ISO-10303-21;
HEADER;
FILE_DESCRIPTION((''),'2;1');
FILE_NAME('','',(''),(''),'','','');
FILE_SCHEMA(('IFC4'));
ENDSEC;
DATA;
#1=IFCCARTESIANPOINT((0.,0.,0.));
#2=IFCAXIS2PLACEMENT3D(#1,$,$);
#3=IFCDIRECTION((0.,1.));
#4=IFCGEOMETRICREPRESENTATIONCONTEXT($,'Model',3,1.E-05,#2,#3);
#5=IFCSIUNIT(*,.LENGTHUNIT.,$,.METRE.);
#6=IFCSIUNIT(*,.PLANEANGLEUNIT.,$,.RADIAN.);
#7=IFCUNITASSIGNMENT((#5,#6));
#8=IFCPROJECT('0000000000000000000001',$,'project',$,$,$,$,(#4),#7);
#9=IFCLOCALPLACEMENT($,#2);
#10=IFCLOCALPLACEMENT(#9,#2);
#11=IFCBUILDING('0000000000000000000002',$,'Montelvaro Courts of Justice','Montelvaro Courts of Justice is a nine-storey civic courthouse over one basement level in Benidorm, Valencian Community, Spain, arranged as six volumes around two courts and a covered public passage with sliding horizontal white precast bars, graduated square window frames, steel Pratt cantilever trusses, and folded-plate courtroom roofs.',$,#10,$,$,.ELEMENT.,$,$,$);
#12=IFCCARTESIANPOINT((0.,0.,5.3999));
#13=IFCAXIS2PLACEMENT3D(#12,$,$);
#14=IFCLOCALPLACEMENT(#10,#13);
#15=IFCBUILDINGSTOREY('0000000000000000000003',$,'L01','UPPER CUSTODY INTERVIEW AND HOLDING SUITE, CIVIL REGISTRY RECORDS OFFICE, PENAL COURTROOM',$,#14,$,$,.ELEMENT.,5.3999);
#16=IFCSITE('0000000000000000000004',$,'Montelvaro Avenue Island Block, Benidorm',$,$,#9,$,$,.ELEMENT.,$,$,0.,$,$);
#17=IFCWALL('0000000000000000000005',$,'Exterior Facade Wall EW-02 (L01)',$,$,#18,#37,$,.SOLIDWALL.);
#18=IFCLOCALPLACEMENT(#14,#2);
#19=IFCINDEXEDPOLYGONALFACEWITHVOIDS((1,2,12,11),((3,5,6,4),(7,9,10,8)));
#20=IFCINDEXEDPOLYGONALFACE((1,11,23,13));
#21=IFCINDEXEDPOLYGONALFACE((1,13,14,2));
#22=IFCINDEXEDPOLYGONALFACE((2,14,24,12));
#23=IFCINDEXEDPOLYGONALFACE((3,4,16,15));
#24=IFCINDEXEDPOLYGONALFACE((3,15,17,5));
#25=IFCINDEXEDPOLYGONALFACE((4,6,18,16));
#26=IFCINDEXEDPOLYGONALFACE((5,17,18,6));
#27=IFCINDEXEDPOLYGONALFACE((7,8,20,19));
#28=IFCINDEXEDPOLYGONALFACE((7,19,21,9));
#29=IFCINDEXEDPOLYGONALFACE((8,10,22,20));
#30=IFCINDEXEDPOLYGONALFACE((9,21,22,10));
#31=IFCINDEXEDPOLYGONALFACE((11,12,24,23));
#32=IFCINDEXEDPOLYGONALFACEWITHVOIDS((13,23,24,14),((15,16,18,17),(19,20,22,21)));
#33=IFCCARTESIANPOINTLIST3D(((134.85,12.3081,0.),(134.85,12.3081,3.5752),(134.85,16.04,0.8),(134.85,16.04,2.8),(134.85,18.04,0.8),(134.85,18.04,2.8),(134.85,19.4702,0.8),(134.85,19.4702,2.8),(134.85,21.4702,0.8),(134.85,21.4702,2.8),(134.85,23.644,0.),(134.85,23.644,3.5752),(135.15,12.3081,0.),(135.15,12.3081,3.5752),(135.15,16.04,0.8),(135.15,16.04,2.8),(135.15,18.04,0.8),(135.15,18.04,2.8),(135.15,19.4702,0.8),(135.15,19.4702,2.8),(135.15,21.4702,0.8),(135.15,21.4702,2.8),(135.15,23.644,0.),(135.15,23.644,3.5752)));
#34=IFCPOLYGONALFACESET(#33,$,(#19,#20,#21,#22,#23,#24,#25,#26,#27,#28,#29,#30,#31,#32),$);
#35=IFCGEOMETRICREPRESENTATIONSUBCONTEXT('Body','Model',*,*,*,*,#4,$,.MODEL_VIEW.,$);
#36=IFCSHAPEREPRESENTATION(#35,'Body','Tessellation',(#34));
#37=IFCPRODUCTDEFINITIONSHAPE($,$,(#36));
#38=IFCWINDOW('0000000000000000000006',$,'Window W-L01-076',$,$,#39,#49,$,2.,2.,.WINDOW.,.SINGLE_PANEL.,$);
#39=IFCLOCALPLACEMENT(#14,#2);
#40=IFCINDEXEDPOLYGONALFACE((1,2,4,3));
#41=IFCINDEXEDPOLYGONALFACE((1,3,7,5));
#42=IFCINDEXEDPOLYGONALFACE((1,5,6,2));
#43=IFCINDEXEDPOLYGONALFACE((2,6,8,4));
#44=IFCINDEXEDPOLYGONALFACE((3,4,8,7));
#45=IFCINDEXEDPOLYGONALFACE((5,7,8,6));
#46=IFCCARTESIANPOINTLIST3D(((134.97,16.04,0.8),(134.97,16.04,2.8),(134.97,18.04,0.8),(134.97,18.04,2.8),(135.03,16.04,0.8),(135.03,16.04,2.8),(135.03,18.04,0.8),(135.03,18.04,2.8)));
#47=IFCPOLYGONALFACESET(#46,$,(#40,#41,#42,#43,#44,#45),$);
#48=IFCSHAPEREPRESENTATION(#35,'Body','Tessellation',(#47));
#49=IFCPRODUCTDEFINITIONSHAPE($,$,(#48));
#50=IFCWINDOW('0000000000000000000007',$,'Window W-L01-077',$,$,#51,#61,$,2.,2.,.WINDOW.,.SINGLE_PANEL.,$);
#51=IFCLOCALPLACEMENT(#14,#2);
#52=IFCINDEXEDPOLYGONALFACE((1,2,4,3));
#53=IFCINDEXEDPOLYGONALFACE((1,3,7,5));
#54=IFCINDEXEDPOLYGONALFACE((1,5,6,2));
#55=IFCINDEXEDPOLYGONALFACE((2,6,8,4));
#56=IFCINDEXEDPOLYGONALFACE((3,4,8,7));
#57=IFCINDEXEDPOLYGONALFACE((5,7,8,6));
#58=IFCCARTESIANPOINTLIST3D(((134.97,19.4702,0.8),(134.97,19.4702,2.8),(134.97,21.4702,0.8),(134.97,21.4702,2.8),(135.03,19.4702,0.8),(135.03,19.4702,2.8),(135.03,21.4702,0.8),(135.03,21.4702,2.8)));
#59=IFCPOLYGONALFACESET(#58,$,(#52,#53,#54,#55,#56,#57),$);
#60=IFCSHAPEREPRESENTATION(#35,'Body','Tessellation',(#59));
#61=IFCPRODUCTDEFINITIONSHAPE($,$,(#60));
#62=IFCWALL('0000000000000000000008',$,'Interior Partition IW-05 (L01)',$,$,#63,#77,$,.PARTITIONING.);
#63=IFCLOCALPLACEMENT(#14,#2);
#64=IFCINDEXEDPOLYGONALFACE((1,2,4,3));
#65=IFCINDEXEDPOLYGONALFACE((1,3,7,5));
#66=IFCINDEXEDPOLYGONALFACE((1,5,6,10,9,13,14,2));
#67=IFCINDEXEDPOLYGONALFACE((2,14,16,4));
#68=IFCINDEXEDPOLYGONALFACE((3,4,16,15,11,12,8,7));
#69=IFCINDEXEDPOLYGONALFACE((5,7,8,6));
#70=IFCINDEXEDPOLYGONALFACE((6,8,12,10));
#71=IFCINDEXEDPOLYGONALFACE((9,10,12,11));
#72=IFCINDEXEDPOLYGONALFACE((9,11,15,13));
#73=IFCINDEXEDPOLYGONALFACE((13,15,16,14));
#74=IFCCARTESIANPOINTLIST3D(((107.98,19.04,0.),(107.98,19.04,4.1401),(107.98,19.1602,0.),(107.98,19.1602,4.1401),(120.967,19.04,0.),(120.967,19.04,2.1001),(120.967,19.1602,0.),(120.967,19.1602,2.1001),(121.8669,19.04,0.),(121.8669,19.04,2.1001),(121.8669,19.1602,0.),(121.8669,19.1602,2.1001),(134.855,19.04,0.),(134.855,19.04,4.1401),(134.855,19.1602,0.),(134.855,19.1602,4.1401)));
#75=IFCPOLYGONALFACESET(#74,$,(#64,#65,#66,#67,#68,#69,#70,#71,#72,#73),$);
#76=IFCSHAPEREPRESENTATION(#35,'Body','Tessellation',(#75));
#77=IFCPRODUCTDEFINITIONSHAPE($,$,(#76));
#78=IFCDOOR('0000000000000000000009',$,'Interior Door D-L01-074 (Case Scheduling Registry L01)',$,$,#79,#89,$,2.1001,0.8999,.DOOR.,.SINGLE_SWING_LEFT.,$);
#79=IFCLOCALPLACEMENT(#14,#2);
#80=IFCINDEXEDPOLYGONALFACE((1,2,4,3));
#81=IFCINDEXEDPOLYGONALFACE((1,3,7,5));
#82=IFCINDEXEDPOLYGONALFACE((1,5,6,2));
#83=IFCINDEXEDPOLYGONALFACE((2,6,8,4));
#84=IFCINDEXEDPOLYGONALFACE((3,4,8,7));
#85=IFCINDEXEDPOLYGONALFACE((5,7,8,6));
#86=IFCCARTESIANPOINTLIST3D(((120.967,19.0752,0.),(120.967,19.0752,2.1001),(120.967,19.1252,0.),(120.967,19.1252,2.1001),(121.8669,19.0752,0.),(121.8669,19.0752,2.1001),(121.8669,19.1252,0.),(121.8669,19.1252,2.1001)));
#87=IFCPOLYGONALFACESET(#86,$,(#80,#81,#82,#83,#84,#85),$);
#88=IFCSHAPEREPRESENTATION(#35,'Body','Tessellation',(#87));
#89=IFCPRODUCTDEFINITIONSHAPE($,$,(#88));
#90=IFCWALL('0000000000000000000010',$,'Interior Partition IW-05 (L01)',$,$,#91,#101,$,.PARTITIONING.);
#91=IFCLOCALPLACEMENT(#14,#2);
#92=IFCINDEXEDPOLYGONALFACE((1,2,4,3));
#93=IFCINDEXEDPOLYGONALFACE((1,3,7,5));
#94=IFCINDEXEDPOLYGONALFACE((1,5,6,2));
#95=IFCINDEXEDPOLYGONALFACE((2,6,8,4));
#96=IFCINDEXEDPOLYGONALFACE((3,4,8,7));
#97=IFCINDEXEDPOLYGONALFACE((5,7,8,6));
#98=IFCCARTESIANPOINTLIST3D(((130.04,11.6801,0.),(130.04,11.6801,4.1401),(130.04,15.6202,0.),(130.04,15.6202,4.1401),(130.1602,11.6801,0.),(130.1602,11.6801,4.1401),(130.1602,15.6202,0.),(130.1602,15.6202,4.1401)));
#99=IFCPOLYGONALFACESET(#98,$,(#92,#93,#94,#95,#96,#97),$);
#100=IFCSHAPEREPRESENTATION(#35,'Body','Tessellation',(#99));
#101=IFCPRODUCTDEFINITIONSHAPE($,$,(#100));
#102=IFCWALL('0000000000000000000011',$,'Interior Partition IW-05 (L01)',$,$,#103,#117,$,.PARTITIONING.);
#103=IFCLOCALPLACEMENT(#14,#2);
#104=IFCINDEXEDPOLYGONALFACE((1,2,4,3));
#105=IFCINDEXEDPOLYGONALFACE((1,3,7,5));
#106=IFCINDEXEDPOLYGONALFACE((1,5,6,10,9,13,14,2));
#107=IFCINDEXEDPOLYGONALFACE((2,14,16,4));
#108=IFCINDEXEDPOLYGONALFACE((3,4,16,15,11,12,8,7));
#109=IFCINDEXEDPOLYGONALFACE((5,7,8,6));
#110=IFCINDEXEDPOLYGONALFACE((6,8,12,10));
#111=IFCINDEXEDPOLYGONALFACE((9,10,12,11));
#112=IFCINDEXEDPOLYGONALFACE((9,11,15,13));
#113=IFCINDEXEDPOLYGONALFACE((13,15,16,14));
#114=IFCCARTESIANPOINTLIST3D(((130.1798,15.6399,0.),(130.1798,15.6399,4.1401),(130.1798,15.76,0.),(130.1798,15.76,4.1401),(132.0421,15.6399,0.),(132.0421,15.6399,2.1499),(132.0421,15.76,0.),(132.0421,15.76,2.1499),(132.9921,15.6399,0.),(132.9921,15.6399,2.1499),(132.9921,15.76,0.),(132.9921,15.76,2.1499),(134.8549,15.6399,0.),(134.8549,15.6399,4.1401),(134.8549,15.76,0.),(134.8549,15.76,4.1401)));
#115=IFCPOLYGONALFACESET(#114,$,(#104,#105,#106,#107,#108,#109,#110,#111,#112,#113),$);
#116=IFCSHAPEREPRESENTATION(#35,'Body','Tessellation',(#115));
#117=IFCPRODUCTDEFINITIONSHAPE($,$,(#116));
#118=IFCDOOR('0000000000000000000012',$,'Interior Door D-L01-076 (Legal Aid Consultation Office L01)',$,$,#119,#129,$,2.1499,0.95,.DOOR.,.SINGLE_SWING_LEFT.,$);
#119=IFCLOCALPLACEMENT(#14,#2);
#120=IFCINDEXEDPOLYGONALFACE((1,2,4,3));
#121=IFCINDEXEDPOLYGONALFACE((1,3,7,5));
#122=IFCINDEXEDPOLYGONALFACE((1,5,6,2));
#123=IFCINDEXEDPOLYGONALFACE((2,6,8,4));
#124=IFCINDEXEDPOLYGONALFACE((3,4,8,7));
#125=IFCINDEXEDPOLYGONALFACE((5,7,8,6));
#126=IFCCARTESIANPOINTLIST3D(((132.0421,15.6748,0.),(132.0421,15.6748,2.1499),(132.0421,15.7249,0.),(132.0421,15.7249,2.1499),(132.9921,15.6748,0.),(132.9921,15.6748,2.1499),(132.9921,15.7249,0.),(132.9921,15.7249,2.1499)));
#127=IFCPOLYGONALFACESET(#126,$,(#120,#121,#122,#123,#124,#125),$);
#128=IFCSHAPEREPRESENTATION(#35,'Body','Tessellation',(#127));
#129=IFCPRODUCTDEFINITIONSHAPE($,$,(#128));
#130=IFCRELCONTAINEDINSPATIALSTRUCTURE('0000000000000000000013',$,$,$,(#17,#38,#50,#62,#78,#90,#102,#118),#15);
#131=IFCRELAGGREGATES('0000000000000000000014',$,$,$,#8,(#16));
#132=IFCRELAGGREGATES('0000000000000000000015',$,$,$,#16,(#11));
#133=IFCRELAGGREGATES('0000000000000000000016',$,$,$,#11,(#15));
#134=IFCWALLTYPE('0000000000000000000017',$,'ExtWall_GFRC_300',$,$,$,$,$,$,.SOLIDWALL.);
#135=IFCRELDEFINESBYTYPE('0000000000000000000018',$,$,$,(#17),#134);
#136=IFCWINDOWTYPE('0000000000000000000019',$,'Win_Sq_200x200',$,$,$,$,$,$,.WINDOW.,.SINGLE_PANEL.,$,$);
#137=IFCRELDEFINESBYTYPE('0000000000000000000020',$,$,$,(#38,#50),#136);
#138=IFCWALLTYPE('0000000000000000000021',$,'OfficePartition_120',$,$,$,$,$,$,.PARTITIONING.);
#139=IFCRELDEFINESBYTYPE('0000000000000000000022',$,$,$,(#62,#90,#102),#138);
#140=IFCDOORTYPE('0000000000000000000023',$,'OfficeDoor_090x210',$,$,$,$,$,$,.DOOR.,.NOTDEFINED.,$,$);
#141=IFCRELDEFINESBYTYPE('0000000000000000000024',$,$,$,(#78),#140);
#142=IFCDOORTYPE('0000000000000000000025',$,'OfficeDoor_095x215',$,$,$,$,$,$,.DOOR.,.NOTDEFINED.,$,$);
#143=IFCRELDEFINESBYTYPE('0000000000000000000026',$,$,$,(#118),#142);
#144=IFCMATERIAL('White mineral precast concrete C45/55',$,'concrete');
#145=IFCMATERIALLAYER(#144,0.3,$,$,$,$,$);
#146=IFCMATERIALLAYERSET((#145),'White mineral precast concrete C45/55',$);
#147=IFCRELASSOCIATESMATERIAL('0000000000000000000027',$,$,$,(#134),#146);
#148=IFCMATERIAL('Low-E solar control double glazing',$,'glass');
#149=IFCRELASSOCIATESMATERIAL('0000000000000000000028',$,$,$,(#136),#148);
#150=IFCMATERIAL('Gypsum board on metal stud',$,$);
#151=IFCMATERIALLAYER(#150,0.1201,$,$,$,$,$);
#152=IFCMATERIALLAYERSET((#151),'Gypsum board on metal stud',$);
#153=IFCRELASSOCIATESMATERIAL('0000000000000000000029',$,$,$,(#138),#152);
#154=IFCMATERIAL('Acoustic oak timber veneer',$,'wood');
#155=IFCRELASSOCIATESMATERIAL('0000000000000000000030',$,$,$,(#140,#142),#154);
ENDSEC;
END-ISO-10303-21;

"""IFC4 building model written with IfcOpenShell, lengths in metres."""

from ifc_helpers import new_model, si_unit, direction, frame, frame_2d, origin, place, context, subcontext, project, spatial, rectangle, extrude, material, layer, layer_set, type_object, element, fill, save


model = new_model("IFC4")

# Units and contexts
model_context = context("Model", 3, precision=1e-05, world=origin(), true_north=direction((0.0, 1.0)))
body_context = subcontext(model_context, "Body", "Model", "MODEL_VIEW")
ifc_project = project(units=[si_unit("LENGTHUNIT", "METRE"), si_unit("PLANEANGLEUNIT", "RADIAN")], contexts=[model_context])

# Site, building, storey
site_placement = place(None, origin())
site = spatial("IfcSite", under=ifc_project, at=site_placement, Name="Montelvaro Avenue Island Block, Benidorm", CompositionType="ELEMENT", RefElevation=0.0)
building_placement = place(site_placement, origin())
building = spatial("IfcBuilding", under=site, at=building_placement, Name="Montelvaro Courts of Justice", Description="Montelvaro Courts of Justice is a nine-storey civic courthouse over one basement level in Benidorm, Valencian Community, Spain, arranged as six volumes around two courts and a covered public passage with sliding horizontal white precast bars, graduated square window frames, steel Pratt cantilever trusses, and folded-plate courtroom roofs.", CompositionType="ELEMENT")
storey_placement = place(building_placement, frame((0.0, 0.0, 5.3999)))
storey = spatial("IfcBuildingStorey", under=building, at=storey_placement, Name="L01", Description="UPPER CUSTODY INTERVIEW AND HOLDING SUITE, CIVIL REGISTRY RECORDS OFFICE, PENAL COURTROOM", CompositionType="ELEMENT", Elevation=5.3999)

# Shared definitions
ifc_material_1 = material(Name="White mineral precast concrete C45/55", Category="concrete")

# Shared definitions
ifc_material_2 = material(Name="Gypsum board on metal stud")

# Wall, openings, windows
ifc_layer_1 = layer(ifc_material_1, 0.3)
ifc_layer_set_1 = layer_set([ifc_layer_1], Name="White mineral precast concrete C45/55")
wall_type_1 = type_object("IfcWallType", Name="ExtWall_GFRC_300", PredefinedType="SOLIDWALL", material=ifc_layer_set_1)
wall_1_placement = place(storey_placement, frame((135.0, 12.3081, 0.0), z_axis=(0.0, 0.0, 1.0), x_axis=(0.0, 1.0, 0.0)))
wall_1 = element("IfcWall", 1, at=wall_1_placement, inside=storey, type_object=wall_type_1, Name="Exterior Facade Wall EW-02 (L01)", PredefinedType="SOLIDWALL", context=body_context, shape_type="SweptSolid", body=[
    extrude(rectangle(XDim=11.3359, YDim=0.3, at=frame_2d((5.668, 0.0))), origin(), (0.0, 0.0, 1.0), 3.5752),
])
opening_1_placement = place(wall_1_placement, frame((3.7319, 0.0, 0.8)))
opening_1 = element("IfcOpeningElement", 2, at=opening_1_placement, cuts=wall_1, PredefinedType="OPENING", context=body_context, shape_type="SweptSolid", body=[
    extrude(rectangle(XDim=2.0, YDim=2.0, at=frame_2d((1.0, 1.0))), frame((0.0, 0.165, 0.0), z_axis=(0.0, -1.0, 0.0), x_axis=(1.0, 0.0, 0.0)), (0.0, 0.0, 1.0), 0.3298),
])
opening_2_placement = place(wall_1_placement, frame((7.1621, 0.0, 0.8)))
opening_2 = element("IfcOpeningElement", 3, at=opening_2_placement, cuts=wall_1, PredefinedType="OPENING", context=body_context, shape_type="SweptSolid", body=[
    extrude(rectangle(XDim=2.0, YDim=2.0, at=frame_2d((1.0, 1.0))), frame((0.0, 0.165, 0.0), z_axis=(0.0, -1.0, 0.0), x_axis=(1.0, 0.0, 0.0)), (0.0, 0.0, 1.0), 0.3298),
])
ifc_material_3 = material(Name="Low-E solar control double glazing", Category="glass")
window_type = type_object("IfcWindowType", Name="Win_Sq_200x200", PartitioningType="SINGLE_PANEL", PredefinedType="WINDOW", material=ifc_material_3)
window_1_placement = place(opening_1_placement, origin())
window_1 = element("IfcWindow", 4, at=window_1_placement, inside=storey, type_object=window_type, Name="Window W-L01-076", OverallHeight=2.0, OverallWidth=2.0, PartitioningType="SINGLE_PANEL", PredefinedType="WINDOW", context=body_context, shape_type="SweptSolid", body=[
    extrude(rectangle(XDim=2.0, YDim=2.0, at=frame_2d((1.0, 1.0))), frame((0.0, 0.03, 0.0), z_axis=(0.0, -1.0, 0.0), x_axis=(1.0, 0.0, 0.0)), (0.0, 0.0, 1.0), 0.0601),
])
fill(opening_1, window_1)
window_2_placement = place(opening_2_placement, origin())
window_2 = element("IfcWindow", 5, at=window_2_placement, inside=storey, type_object=window_type, Name="Window W-L01-077", OverallHeight=2.0, OverallWidth=2.0, PartitioningType="SINGLE_PANEL", PredefinedType="WINDOW", context=body_context, shape_type="SweptSolid", body=[
    extrude(rectangle(XDim=2.0, YDim=2.0, at=frame_2d((1.0, 1.0))), frame((0.0, 0.03, 0.0), z_axis=(0.0, -1.0, 0.0), x_axis=(1.0, 0.0, 0.0)), (0.0, 0.0, 1.0), 0.0601),
])
fill(opening_2, window_2)

# Wall, opening, door
ifc_layer_2 = layer(ifc_material_2, 0.1201)
ifc_layer_set_2 = layer_set([ifc_layer_2], Name="Gypsum board on metal stud")
wall_type_2 = type_object("IfcWallType", Name="OfficePartition_120", PredefinedType="PARTITIONING", material=ifc_layer_set_2)
wall_2_placement = place(storey_placement, frame((134.855, 19.1001, 0.0), z_axis=(0.0, 0.0, 1.0), x_axis=(-1.0, 0.0, 0.0)))
wall_2 = element("IfcWall", 6, at=wall_2_placement, inside=storey, type_object=wall_type_2, Name="Interior Partition IW-05 (L01)", PredefinedType="PARTITIONING", context=body_context, shape_type="SweptSolid", body=[
    extrude(rectangle(XDim=26.875, YDim=0.1201, at=frame_2d((13.4375, 0.0))), origin(), (0.0, 0.0, 1.0), 4.1401),
])
opening_3_placement = place(wall_2_placement, frame((12.988, 0.0, 0.0)))
opening_3 = element("IfcOpeningElement", 7, at=opening_3_placement, cuts=wall_2, PredefinedType="OPENING", context=body_context, shape_type="SweptSolid", body=[
    extrude(rectangle(XDim=0.8999, YDim=2.1001, at=frame_2d((0.45, 1.05))), frame((0.0, 0.075, 0.0), z_axis=(0.0, -1.0, 0.0), x_axis=(1.0, 0.0, 0.0)), (0.0, 0.0, 1.0), 0.1499),
])
ifc_material_4 = material(Name="Acoustic oak timber veneer", Category="wood")
door_type_1 = type_object("IfcDoorType", Name="OfficeDoor_090x210", OperationType="NOTDEFINED", PredefinedType="DOOR", material=ifc_material_4)
door_1_placement = place(opening_3_placement, origin())
door_1 = element("IfcDoor", 8, at=door_1_placement, inside=storey, type_object=door_type_1, Name="Interior Door D-L01-074 (Case Scheduling Registry L01)", OperationType="SINGLE_SWING_LEFT", OverallHeight=2.1001, OverallWidth=0.8999, PredefinedType="DOOR", context=body_context, shape_type="SweptSolid", body=[
    extrude(rectangle(XDim=0.8999, YDim=2.1001, at=frame_2d((0.45, 1.05))), frame((0.0, 0.0249, 0.0), z_axis=(0.0, -1.0, 0.0), x_axis=(1.0, 0.0, 0.0)), (0.0, 0.0, 1.0), 0.05),
])
fill(opening_3, door_1)

# Wall
wall_3_placement = place(storey_placement, frame((130.1001, 11.6799, 0.0), z_axis=(0.0, 0.0, 1.0), x_axis=(0.0, 1.0, 0.0)))
element("IfcWall", 9, at=wall_3_placement, inside=storey, type_object=wall_type_2, Name="Interior Partition IW-05 (L01)", PredefinedType="PARTITIONING", context=body_context, shape_type="SweptSolid", body=[
    extrude(rectangle(XDim=3.9402, YDim=0.1201, at=frame_2d((1.9702, 0.0))), origin(), (0.0, 0.0, 1.0), 4.1401),
])

# Wall, opening, door
wall_4_placement = place(storey_placement, frame((130.1799, 15.7, 0.0), z_axis=(0.0, 0.0, 1.0), x_axis=(1.0, 0.0, 0.0)))
wall_4 = element("IfcWall", 10, at=wall_4_placement, inside=storey, type_object=wall_type_2, Name="Interior Partition IW-05 (L01)", PredefinedType="PARTITIONING", context=body_context, shape_type="SweptSolid", body=[
    extrude(rectangle(XDim=4.675, YDim=0.1201, at=frame_2d((2.3374, 0.0))), origin(), (0.0, 0.0, 1.0), 4.1401),
])
opening_4_placement = place(wall_4_placement, frame((1.8621, 0.0, 0.0)))
opening_4 = element("IfcOpeningElement", 11, at=opening_4_placement, cuts=wall_4, PredefinedType="OPENING", context=body_context, shape_type="SweptSolid", body=[
    extrude(rectangle(XDim=0.95, YDim=2.1499, at=frame_2d((0.4751, 1.075))), frame((0.0, 0.075, 0.0), z_axis=(0.0, -1.0, 0.0), x_axis=(1.0, 0.0, 0.0)), (0.0, 0.0, 1.0), 0.1499),
])
door_type_2 = type_object("IfcDoorType", Name="OfficeDoor_095x215", OperationType="NOTDEFINED", PredefinedType="DOOR", material=ifc_material_4)
door_2_placement = place(opening_4_placement, origin())
door_2 = element("IfcDoor", 12, at=door_2_placement, inside=storey, type_object=door_type_2, Name="Interior Door D-L01-076 (Legal Aid Consultation Office L01)", OperationType="SINGLE_SWING_LEFT", OverallHeight=2.1499, OverallWidth=0.95, PredefinedType="DOOR", context=body_context, shape_type="SweptSolid", body=[
    extrude(rectangle(XDim=0.95, YDim=2.1499, at=frame_2d((0.4751, 1.075))), frame((0.0, 0.0249, 0.0), z_axis=(0.0, -1.0, 0.0), x_axis=(1.0, 0.0, 0.0)), (0.0, 0.0, 1.0), 0.05),
])
fill(opening_4, door_2)

save(model, "model.ifc")
